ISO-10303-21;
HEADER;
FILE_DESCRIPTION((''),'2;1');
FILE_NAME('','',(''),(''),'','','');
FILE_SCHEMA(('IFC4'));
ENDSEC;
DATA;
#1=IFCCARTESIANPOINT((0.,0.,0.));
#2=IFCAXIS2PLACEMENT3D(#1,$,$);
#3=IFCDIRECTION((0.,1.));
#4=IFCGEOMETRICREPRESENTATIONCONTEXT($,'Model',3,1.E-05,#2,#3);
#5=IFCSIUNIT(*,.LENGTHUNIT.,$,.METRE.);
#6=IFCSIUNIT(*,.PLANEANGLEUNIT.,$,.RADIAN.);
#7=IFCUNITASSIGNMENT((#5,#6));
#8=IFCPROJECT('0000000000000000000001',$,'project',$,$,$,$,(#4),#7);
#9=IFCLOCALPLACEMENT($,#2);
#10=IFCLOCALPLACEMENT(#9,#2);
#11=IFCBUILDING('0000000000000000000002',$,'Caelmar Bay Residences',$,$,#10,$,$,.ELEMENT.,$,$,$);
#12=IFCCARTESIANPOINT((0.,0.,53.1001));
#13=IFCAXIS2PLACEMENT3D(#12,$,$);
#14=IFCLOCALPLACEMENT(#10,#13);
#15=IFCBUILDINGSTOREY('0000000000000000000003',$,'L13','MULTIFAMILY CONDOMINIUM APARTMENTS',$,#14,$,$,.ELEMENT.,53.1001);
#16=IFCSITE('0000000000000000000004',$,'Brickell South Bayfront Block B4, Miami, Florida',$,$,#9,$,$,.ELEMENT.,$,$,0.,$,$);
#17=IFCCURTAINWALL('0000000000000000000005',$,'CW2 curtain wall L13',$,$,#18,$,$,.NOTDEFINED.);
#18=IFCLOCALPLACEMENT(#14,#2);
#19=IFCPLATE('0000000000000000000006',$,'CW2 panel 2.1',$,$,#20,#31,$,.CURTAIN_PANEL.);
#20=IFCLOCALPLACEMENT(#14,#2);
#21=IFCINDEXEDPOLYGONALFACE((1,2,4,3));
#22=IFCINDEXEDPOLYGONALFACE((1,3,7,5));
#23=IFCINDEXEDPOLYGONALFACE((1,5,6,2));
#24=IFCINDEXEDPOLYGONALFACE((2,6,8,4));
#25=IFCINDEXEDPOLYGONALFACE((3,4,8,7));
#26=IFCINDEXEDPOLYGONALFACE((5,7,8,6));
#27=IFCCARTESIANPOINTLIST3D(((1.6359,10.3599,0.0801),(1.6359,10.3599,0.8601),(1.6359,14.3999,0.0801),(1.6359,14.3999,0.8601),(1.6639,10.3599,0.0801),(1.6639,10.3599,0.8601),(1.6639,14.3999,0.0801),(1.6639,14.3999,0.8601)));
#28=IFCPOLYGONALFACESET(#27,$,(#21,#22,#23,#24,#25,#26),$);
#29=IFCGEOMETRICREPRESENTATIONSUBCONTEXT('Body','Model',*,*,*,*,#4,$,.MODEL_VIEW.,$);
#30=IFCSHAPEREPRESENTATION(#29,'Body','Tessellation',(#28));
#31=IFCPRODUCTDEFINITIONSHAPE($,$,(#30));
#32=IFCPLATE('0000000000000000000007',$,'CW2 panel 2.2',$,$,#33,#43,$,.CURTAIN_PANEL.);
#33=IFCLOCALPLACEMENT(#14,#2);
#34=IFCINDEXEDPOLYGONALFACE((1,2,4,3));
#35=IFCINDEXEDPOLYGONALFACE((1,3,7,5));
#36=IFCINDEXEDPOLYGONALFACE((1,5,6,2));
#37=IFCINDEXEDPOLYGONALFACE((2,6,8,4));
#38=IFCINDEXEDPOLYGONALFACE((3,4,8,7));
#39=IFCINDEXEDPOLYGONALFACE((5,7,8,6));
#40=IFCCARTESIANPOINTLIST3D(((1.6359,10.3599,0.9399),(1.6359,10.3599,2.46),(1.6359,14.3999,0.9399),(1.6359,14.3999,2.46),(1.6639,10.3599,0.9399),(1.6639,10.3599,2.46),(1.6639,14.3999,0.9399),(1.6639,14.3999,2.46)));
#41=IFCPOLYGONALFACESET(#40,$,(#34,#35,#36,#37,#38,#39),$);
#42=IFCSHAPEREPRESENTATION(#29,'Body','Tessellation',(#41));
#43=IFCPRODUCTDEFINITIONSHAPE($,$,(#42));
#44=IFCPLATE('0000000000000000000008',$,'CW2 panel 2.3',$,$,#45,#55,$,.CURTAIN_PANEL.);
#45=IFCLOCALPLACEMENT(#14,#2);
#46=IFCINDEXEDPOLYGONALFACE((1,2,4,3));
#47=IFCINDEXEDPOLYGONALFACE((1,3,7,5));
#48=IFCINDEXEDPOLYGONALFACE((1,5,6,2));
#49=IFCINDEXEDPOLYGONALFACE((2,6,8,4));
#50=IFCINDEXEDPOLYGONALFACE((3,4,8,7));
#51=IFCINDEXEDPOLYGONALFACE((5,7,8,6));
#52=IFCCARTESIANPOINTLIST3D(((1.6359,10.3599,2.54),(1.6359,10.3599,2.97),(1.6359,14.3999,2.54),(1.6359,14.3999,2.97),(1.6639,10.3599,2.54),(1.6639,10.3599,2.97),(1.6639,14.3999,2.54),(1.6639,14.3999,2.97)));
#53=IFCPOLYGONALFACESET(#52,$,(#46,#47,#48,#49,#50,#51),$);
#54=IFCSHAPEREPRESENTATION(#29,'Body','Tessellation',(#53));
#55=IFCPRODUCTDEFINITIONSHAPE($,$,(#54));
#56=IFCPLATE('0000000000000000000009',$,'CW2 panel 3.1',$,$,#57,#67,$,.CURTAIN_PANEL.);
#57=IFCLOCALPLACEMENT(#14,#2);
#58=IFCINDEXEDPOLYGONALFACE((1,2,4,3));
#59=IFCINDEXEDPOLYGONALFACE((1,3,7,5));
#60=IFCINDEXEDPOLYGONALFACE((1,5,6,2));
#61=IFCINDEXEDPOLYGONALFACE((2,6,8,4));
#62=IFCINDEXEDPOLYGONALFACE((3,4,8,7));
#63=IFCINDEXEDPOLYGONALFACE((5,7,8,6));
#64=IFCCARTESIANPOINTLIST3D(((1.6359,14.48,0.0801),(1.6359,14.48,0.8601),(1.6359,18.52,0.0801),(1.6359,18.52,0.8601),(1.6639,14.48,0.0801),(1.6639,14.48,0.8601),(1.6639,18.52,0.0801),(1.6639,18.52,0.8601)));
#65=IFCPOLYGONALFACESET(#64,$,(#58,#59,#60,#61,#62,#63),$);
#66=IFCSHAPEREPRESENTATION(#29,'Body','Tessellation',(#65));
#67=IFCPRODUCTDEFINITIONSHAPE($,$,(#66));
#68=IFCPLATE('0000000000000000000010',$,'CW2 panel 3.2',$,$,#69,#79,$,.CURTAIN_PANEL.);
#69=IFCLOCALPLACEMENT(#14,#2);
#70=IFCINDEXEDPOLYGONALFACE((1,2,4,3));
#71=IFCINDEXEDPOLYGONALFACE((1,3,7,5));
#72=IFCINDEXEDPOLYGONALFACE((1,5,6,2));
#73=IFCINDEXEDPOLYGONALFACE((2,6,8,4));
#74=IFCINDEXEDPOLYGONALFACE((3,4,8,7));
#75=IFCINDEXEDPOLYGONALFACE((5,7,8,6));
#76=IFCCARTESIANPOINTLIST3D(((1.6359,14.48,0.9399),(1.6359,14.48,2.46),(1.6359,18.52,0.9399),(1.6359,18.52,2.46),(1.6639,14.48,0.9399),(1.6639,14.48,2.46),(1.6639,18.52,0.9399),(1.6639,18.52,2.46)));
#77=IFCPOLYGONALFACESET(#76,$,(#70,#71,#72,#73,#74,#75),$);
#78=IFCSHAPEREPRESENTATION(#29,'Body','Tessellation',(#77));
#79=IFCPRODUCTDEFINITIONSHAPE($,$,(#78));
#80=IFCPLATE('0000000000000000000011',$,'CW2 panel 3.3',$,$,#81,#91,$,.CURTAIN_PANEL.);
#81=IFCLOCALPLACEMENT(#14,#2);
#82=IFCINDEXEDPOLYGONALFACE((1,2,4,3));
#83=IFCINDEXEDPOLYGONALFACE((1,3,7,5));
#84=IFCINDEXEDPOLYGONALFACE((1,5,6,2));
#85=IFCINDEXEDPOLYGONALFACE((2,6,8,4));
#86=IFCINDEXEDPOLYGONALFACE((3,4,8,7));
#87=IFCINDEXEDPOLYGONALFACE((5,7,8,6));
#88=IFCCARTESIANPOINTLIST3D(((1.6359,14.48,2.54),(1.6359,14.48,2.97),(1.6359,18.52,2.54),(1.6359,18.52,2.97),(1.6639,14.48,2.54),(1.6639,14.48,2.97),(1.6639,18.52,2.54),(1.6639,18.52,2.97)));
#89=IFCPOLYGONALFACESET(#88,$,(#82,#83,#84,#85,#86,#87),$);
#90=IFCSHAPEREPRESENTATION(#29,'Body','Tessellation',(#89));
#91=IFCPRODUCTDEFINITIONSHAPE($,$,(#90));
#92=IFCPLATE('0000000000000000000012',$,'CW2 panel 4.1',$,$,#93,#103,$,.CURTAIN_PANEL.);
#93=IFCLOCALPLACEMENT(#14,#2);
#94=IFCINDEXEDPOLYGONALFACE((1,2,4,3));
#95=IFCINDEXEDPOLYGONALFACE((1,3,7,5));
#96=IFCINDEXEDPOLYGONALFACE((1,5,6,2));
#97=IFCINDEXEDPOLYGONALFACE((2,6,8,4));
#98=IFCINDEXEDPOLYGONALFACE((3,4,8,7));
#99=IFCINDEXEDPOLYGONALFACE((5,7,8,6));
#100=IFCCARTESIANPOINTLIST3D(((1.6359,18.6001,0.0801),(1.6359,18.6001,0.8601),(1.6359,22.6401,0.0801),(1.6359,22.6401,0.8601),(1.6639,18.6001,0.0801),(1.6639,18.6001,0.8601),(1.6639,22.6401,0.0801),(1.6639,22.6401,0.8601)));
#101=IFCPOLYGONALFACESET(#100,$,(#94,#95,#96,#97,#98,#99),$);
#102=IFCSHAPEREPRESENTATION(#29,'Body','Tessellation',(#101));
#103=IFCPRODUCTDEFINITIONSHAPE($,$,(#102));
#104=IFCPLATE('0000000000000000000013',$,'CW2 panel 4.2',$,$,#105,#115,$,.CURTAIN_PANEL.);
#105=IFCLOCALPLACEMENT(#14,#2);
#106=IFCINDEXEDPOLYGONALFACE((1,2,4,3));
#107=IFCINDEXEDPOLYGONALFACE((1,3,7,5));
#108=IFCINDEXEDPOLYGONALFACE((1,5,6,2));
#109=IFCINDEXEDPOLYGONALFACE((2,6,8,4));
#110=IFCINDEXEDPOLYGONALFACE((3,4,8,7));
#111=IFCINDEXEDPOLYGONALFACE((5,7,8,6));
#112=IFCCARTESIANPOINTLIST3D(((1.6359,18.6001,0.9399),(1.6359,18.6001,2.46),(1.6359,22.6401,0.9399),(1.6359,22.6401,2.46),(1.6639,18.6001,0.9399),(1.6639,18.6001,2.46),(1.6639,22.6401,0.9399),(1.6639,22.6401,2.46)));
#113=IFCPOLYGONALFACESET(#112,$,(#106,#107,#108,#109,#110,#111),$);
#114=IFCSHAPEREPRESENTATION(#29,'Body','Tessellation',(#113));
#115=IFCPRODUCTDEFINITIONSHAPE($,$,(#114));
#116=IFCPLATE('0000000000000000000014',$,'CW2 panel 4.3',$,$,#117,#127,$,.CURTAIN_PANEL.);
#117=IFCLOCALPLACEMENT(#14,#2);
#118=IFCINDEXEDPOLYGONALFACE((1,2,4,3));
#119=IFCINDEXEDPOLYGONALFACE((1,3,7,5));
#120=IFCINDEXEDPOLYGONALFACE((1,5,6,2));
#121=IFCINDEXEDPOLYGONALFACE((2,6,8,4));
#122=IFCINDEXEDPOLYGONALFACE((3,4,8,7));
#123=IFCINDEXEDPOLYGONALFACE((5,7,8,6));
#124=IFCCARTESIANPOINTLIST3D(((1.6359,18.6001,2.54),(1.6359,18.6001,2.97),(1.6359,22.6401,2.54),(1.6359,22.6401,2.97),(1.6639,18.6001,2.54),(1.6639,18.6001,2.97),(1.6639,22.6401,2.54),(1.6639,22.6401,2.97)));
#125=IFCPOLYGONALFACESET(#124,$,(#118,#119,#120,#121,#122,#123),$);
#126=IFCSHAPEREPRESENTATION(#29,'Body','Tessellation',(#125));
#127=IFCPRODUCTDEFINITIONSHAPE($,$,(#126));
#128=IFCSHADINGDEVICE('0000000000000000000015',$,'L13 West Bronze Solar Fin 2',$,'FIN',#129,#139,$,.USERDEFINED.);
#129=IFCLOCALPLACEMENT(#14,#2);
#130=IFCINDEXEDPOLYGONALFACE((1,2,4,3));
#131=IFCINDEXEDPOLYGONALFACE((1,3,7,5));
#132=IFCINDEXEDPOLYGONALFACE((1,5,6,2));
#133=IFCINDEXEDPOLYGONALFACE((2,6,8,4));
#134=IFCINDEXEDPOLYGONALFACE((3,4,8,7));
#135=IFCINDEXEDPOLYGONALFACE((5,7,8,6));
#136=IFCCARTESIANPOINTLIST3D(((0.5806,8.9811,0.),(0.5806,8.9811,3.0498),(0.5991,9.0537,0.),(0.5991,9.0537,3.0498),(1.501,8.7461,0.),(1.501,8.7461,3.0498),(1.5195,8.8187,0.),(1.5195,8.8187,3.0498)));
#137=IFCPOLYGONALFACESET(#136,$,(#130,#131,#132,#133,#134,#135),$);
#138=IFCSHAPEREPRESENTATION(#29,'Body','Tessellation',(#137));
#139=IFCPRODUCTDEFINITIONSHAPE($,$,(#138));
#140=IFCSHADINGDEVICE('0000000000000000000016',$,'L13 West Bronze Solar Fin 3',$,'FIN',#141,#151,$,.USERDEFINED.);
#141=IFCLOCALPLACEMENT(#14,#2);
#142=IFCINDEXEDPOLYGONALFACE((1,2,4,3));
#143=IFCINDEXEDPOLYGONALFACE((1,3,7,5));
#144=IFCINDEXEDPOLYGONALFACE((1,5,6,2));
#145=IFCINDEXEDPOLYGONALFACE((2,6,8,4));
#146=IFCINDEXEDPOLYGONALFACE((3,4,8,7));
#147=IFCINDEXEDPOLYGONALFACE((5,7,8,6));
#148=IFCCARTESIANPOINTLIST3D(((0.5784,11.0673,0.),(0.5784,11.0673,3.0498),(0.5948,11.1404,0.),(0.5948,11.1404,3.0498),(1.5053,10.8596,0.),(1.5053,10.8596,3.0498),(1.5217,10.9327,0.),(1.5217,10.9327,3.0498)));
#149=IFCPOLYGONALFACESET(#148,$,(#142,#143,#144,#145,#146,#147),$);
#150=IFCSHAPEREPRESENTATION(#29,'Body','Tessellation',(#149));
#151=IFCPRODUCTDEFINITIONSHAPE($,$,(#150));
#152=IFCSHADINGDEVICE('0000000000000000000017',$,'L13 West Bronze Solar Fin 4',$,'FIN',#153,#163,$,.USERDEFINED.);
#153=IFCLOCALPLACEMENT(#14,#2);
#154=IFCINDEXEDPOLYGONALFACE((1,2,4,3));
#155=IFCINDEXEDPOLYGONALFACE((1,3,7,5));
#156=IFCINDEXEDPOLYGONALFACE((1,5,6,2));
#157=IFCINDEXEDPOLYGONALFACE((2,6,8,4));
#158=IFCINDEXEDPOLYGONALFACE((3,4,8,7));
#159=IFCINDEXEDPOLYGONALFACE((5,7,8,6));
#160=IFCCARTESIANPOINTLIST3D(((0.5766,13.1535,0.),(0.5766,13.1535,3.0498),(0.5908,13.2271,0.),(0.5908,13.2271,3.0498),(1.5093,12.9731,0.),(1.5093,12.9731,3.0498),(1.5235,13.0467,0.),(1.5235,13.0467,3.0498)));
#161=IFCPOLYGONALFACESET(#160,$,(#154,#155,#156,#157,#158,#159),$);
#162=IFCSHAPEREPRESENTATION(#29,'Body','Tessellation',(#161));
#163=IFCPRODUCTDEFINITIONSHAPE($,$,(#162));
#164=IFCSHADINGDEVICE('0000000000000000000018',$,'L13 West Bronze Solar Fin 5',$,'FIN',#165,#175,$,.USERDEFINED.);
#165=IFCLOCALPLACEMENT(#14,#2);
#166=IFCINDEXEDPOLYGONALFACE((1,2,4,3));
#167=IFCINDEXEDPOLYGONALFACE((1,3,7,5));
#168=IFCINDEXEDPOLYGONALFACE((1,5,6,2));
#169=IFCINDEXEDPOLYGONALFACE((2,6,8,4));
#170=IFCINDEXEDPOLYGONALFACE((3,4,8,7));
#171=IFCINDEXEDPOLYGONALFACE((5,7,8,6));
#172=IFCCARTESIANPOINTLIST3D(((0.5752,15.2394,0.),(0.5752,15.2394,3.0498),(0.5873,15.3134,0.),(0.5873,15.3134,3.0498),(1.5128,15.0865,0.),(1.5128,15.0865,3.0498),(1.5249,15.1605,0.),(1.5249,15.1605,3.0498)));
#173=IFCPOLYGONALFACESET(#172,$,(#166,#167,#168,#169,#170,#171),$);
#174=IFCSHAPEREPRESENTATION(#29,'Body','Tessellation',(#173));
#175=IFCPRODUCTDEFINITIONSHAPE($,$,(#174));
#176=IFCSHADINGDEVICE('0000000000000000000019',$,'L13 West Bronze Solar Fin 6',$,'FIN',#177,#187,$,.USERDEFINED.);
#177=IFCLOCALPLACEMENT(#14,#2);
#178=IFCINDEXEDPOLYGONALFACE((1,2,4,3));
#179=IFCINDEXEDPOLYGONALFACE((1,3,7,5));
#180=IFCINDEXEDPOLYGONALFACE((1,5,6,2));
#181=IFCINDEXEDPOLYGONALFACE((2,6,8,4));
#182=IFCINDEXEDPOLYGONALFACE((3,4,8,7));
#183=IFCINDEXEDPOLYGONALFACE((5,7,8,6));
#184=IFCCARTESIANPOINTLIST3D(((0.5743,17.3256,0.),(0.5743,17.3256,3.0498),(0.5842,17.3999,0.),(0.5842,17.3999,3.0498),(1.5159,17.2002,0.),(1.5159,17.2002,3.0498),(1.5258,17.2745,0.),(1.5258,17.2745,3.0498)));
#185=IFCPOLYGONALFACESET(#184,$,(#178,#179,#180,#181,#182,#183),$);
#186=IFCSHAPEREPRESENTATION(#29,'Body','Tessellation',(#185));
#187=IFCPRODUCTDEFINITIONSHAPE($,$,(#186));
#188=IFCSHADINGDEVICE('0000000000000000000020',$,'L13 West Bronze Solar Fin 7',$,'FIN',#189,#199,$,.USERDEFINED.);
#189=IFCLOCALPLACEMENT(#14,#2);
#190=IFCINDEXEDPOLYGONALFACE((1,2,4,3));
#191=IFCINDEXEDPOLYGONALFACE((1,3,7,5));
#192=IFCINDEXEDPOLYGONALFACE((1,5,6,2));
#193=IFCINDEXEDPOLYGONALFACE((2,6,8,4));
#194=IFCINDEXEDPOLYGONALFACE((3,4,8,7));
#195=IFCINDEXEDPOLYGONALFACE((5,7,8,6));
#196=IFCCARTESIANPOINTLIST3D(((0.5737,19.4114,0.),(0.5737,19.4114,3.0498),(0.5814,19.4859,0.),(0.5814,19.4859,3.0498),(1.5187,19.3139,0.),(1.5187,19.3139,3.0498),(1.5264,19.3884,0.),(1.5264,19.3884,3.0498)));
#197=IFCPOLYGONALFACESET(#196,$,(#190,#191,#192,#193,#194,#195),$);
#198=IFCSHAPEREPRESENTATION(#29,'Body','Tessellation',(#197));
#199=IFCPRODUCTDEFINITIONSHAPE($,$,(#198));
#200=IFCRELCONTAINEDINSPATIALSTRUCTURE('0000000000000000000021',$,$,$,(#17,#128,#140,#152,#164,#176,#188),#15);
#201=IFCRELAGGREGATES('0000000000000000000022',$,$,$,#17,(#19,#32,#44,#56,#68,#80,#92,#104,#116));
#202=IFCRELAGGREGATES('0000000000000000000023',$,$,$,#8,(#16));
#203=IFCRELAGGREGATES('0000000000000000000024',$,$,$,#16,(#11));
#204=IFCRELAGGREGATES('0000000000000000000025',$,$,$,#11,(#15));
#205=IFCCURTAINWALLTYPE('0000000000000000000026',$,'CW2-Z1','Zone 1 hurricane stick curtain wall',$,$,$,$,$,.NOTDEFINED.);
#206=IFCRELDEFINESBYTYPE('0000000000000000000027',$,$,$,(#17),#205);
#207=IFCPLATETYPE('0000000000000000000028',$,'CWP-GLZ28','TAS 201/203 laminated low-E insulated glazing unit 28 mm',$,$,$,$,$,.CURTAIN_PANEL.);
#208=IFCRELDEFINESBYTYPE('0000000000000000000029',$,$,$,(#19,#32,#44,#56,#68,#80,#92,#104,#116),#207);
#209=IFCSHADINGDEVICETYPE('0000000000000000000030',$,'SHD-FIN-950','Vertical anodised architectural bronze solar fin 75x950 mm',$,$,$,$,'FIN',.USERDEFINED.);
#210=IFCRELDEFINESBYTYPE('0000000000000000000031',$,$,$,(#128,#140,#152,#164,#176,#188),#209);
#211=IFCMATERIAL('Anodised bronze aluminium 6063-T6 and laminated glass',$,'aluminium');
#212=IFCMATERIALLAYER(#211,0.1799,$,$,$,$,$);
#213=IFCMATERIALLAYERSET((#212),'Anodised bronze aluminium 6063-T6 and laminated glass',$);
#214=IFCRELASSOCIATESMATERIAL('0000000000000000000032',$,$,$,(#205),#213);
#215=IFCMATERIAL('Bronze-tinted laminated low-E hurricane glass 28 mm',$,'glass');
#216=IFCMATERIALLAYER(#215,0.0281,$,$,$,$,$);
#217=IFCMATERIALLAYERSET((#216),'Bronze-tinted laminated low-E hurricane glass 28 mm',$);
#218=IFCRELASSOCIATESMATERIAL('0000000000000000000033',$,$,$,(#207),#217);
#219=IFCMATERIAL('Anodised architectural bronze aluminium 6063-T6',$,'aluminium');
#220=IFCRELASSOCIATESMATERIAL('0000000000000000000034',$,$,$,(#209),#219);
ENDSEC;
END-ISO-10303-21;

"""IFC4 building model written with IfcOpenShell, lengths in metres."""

from ifc_helpers import new_model, si_unit, direction, frame, origin, origin_2d, place, context, subcontext, project, spatial, rectangle, extrude, material, layer, layer_set, material_profile, profile_set, type_object, element, aggregate, save


model = new_model("IFC4")

# Units and contexts
model_context = context("Model", 3, precision=1e-05, world=origin(), true_north=direction((0.0, 1.0)))
body_context = subcontext(model_context, "Body", "Model", "MODEL_VIEW")
ifc_project = project(units=[si_unit("LENGTHUNIT", "METRE"), si_unit("PLANEANGLEUNIT", "RADIAN")], contexts=[model_context])

# Site, building, storey
site_placement = place(None, origin())
site = spatial("IfcSite", under=ifc_project, at=site_placement, Name="Brickell South Bayfront Block B4, Miami, Florida", CompositionType="ELEMENT", RefElevation=0.0)
building_placement = place(site_placement, origin())
building = spatial("IfcBuilding", under=site, at=building_placement, Name="Caelmar Bay Residences", CompositionType="ELEMENT")
storey_placement = place(building_placement, frame((0.0, 0.0, 53.1001)))
storey = spatial("IfcBuildingStorey", under=building, at=storey_placement, Name="L13", Description="MULTIFAMILY CONDOMINIUM APARTMENTS", CompositionType="ELEMENT", Elevation=53.1001)

# Curtain wall, plates
ifc_material_1 = material(Name="Anodised bronze aluminium 6063-T6 and laminated glass", Category="aluminium")
ifc_layer_1 = layer(ifc_material_1, 0.1799)
ifc_layer_set_1 = layer_set([ifc_layer_1], Name="Anodised bronze aluminium 6063-T6 and laminated glass")
curtain_wall_type = type_object("IfcCurtainWallType", Name="CW2-Z1", Description="Zone 1 hurricane stick curtain wall", PredefinedType="NOTDEFINED", material=ifc_layer_set_1)
curtain_wall_placement = place(storey_placement, origin())
curtain_wall = element("IfcCurtainWall", 1, at=curtain_wall_placement, inside=storey, type_object=curtain_wall_type, Name="CW2 curtain wall L13", PredefinedType="NOTDEFINED")
ifc_material_2 = material(Name="Bronze-tinted laminated low-E hurricane glass 28 mm", Category="glass")
ifc_layer_2 = layer(ifc_material_2, 0.0281)
ifc_layer_set_2 = layer_set([ifc_layer_2], Name="Bronze-tinted laminated low-E hurricane glass 28 mm")
plate_type = type_object("IfcPlateType", Name="CWP-GLZ28", Description="TAS 201/203 laminated low-E insulated glazing unit 28 mm", PredefinedType="CURTAIN_PANEL", material=ifc_layer_set_2)
plate_1_placement = place(storey_placement, frame((1.6499, 12.3799, 0.0801), z_axis=(0.0, 0.0, 1.0), x_axis=(0.0, 1.0, 0.0)))
plate_1 = element("IfcPlate", 2, at=plate_1_placement, type_object=plate_type, Name="CW2 panel 2.1", PredefinedType="CURTAIN_PANEL", context=body_context, shape_type="SweptSolid", body=[
    extrude(rectangle(XDim=4.04, YDim=0.0281, at=origin_2d()), origin(), (0.0, 0.0, 1.0), 0.78),
])
plate_2_placement = place(storey_placement, frame((1.6499, 12.3799, 0.9399), z_axis=(0.0, 0.0, 1.0), x_axis=(0.0, 1.0, 0.0)))
plate_2 = element("IfcPlate", 3, at=plate_2_placement, type_object=plate_type, Name="CW2 panel 2.2", PredefinedType="CURTAIN_PANEL", context=body_context, shape_type="SweptSolid", body=[
    extrude(rectangle(XDim=4.04, YDim=0.0281, at=origin_2d()), origin(), (0.0, 0.0, 1.0), 1.52),
])
plate_3_placement = place(storey_placement, frame((1.6499, 12.3799, 2.54), z_axis=(0.0, 0.0, 1.0), x_axis=(0.0, 1.0, 0.0)))
plate_3 = element("IfcPlate", 4, at=plate_3_placement, type_object=plate_type, Name="CW2 panel 2.3", PredefinedType="CURTAIN_PANEL", context=body_context, shape_type="SweptSolid", body=[
    extrude(rectangle(XDim=4.04, YDim=0.0281, at=origin_2d()), origin(), (0.0, 0.0, 1.0), 0.4299),
])
plate_4_placement = place(storey_placement, frame((1.6499, 16.5, 0.0801), z_axis=(0.0, 0.0, 1.0), x_axis=(0.0, 1.0, 0.0)))
plate_4 = element("IfcPlate", 5, at=plate_4_placement, type_object=plate_type, Name="CW2 panel 3.1", PredefinedType="CURTAIN_PANEL", context=body_context, shape_type="SweptSolid", body=[
    extrude(rectangle(XDim=4.04, YDim=0.0281, at=origin_2d()), origin(), (0.0, 0.0, 1.0), 0.78),
])
plate_5_placement = place(storey_placement, frame((1.6499, 16.5, 0.9399), z_axis=(0.0, 0.0, 1.0), x_axis=(0.0, 1.0, 0.0)))
plate_5 = element("IfcPlate", 6, at=plate_5_placement, type_object=plate_type, Name="CW2 panel 3.2", PredefinedType="CURTAIN_PANEL", context=body_context, shape_type="SweptSolid", body=[
    extrude(rectangle(XDim=4.04, YDim=0.0281, at=origin_2d()), origin(), (0.0, 0.0, 1.0), 1.52),
])
plate_6_placement = place(storey_placement, frame((1.6499, 16.5, 2.54), z_axis=(0.0, 0.0, 1.0), x_axis=(0.0, 1.0, 0.0)))
plate_6 = element("IfcPlate", 7, at=plate_6_placement, type_object=plate_type, Name="CW2 panel 3.3", PredefinedType="CURTAIN_PANEL", context=body_context, shape_type="SweptSolid", body=[
    extrude(rectangle(XDim=4.04, YDim=0.0281, at=origin_2d()), origin(), (0.0, 0.0, 1.0), 0.4299),
])
plate_7_placement = place(storey_placement, frame((1.6499, 20.6201, 0.0801), z_axis=(0.0, 0.0, 1.0), x_axis=(0.0, 1.0, 0.0)))
plate_7 = element("IfcPlate", 8, at=plate_7_placement, type_object=plate_type, Name="CW2 panel 4.1", PredefinedType="CURTAIN_PANEL", context=body_context, shape_type="SweptSolid", body=[
    extrude(rectangle(XDim=4.04, YDim=0.0281, at=origin_2d()), origin(), (0.0, 0.0, 1.0), 0.78),
])
plate_8_placement = place(storey_placement, frame((1.6499, 20.6201, 0.9399), z_axis=(0.0, 0.0, 1.0), x_axis=(0.0, 1.0, 0.0)))
plate_8 = element("IfcPlate", 9, at=plate_8_placement, type_object=plate_type, Name="CW2 panel 4.2", PredefinedType="CURTAIN_PANEL", context=body_context, shape_type="SweptSolid", body=[
    extrude(rectangle(XDim=4.04, YDim=0.0281, at=origin_2d()), origin(), (0.0, 0.0, 1.0), 1.52),
])
plate_9_placement = place(storey_placement, frame((1.6499, 20.6201, 2.54), z_axis=(0.0, 0.0, 1.0), x_axis=(0.0, 1.0, 0.0)))
plate_9 = element("IfcPlate", 10, at=plate_9_placement, type_object=plate_type, Name="CW2 panel 4.3", PredefinedType="CURTAIN_PANEL", context=body_context, shape_type="SweptSolid", body=[
    extrude(rectangle(XDim=4.04, YDim=0.0281, at=origin_2d()), origin(), (0.0, 0.0, 1.0), 0.4299),
])
aggregate(curtain_wall, [plate_1, plate_2, plate_3, plate_4, plate_5, plate_6, plate_7, plate_8, plate_9])

# Shading devices
ifc_material_3 = material(Name="Anodised architectural bronze aluminium 6063-T6", Category="aluminium")
ifc_material_profile_1 = material_profile(ifc_material_3, rectangle(XDim=0.075, YDim=0.95, at=origin_2d()), Name="BRONZE-FIN-75X950")
ifc_profile_set_1 = profile_set([ifc_material_profile_1], Name="Anodised architectural bronze aluminium 6063-T6")
shading_device_type = type_object("IfcShadingDeviceType", Name="SHD-FIN-950", Description="Vertical anodised architectural bronze solar fin 75x950 mm", ElementType="FIN", PredefinedType="USERDEFINED", material=ifc_profile_set_1)
for number, where, z_axis, x_axis, name in (
    (11, (1.05, 8.8999, 0.0), (0.0, 0.0, 1.0), (0.247337, 0.968929, 0.0), "L13 West Bronze Solar Fin 2"),
    (12, (1.05, 11.0, 0.0), (0.0, 0.0, 1.0), (0.218654, 0.975802, 0.0), "L13 West Bronze Solar Fin 3"),
    (13, (1.05, 13.1001, 0.0), (0.0, 0.0, 1.0), (0.189952, 0.981793, 0.0), "L13 West Bronze Solar Fin 4"),
    (14, (1.05, 15.2, 0.0), (0.0, 0.0, 1.0), (0.160915, 0.986968, 0.0), "L13 West Bronze Solar Fin 5"),
    (15, (1.05, 17.3, 0.0), (0.0, 0.0, 1.0), (0.13191, 0.991262, 0.0), "L13 West Bronze Solar Fin 6"),
    (16, (1.05, 19.3999, 0.0), (0.0, 0.0, 1.0), (0.102619, 0.994721, 0.0), "L13 West Bronze Solar Fin 7"),
):
    element("IfcShadingDevice", number, at=place(storey_placement, frame(where, z_axis=z_axis, x_axis=x_axis)), inside=storey, type_object=shading_device_type, Name=name, ObjectType="FIN", PredefinedType="USERDEFINED", context=body_context, shape_type="SweptSolid", body=[
        extrude(rectangle(XDim=0.075, YDim=0.95, at=origin_2d()), origin(), (0.0, 0.0, 1.0), 3.0498),
    ])

save(model, "model.ifc")
